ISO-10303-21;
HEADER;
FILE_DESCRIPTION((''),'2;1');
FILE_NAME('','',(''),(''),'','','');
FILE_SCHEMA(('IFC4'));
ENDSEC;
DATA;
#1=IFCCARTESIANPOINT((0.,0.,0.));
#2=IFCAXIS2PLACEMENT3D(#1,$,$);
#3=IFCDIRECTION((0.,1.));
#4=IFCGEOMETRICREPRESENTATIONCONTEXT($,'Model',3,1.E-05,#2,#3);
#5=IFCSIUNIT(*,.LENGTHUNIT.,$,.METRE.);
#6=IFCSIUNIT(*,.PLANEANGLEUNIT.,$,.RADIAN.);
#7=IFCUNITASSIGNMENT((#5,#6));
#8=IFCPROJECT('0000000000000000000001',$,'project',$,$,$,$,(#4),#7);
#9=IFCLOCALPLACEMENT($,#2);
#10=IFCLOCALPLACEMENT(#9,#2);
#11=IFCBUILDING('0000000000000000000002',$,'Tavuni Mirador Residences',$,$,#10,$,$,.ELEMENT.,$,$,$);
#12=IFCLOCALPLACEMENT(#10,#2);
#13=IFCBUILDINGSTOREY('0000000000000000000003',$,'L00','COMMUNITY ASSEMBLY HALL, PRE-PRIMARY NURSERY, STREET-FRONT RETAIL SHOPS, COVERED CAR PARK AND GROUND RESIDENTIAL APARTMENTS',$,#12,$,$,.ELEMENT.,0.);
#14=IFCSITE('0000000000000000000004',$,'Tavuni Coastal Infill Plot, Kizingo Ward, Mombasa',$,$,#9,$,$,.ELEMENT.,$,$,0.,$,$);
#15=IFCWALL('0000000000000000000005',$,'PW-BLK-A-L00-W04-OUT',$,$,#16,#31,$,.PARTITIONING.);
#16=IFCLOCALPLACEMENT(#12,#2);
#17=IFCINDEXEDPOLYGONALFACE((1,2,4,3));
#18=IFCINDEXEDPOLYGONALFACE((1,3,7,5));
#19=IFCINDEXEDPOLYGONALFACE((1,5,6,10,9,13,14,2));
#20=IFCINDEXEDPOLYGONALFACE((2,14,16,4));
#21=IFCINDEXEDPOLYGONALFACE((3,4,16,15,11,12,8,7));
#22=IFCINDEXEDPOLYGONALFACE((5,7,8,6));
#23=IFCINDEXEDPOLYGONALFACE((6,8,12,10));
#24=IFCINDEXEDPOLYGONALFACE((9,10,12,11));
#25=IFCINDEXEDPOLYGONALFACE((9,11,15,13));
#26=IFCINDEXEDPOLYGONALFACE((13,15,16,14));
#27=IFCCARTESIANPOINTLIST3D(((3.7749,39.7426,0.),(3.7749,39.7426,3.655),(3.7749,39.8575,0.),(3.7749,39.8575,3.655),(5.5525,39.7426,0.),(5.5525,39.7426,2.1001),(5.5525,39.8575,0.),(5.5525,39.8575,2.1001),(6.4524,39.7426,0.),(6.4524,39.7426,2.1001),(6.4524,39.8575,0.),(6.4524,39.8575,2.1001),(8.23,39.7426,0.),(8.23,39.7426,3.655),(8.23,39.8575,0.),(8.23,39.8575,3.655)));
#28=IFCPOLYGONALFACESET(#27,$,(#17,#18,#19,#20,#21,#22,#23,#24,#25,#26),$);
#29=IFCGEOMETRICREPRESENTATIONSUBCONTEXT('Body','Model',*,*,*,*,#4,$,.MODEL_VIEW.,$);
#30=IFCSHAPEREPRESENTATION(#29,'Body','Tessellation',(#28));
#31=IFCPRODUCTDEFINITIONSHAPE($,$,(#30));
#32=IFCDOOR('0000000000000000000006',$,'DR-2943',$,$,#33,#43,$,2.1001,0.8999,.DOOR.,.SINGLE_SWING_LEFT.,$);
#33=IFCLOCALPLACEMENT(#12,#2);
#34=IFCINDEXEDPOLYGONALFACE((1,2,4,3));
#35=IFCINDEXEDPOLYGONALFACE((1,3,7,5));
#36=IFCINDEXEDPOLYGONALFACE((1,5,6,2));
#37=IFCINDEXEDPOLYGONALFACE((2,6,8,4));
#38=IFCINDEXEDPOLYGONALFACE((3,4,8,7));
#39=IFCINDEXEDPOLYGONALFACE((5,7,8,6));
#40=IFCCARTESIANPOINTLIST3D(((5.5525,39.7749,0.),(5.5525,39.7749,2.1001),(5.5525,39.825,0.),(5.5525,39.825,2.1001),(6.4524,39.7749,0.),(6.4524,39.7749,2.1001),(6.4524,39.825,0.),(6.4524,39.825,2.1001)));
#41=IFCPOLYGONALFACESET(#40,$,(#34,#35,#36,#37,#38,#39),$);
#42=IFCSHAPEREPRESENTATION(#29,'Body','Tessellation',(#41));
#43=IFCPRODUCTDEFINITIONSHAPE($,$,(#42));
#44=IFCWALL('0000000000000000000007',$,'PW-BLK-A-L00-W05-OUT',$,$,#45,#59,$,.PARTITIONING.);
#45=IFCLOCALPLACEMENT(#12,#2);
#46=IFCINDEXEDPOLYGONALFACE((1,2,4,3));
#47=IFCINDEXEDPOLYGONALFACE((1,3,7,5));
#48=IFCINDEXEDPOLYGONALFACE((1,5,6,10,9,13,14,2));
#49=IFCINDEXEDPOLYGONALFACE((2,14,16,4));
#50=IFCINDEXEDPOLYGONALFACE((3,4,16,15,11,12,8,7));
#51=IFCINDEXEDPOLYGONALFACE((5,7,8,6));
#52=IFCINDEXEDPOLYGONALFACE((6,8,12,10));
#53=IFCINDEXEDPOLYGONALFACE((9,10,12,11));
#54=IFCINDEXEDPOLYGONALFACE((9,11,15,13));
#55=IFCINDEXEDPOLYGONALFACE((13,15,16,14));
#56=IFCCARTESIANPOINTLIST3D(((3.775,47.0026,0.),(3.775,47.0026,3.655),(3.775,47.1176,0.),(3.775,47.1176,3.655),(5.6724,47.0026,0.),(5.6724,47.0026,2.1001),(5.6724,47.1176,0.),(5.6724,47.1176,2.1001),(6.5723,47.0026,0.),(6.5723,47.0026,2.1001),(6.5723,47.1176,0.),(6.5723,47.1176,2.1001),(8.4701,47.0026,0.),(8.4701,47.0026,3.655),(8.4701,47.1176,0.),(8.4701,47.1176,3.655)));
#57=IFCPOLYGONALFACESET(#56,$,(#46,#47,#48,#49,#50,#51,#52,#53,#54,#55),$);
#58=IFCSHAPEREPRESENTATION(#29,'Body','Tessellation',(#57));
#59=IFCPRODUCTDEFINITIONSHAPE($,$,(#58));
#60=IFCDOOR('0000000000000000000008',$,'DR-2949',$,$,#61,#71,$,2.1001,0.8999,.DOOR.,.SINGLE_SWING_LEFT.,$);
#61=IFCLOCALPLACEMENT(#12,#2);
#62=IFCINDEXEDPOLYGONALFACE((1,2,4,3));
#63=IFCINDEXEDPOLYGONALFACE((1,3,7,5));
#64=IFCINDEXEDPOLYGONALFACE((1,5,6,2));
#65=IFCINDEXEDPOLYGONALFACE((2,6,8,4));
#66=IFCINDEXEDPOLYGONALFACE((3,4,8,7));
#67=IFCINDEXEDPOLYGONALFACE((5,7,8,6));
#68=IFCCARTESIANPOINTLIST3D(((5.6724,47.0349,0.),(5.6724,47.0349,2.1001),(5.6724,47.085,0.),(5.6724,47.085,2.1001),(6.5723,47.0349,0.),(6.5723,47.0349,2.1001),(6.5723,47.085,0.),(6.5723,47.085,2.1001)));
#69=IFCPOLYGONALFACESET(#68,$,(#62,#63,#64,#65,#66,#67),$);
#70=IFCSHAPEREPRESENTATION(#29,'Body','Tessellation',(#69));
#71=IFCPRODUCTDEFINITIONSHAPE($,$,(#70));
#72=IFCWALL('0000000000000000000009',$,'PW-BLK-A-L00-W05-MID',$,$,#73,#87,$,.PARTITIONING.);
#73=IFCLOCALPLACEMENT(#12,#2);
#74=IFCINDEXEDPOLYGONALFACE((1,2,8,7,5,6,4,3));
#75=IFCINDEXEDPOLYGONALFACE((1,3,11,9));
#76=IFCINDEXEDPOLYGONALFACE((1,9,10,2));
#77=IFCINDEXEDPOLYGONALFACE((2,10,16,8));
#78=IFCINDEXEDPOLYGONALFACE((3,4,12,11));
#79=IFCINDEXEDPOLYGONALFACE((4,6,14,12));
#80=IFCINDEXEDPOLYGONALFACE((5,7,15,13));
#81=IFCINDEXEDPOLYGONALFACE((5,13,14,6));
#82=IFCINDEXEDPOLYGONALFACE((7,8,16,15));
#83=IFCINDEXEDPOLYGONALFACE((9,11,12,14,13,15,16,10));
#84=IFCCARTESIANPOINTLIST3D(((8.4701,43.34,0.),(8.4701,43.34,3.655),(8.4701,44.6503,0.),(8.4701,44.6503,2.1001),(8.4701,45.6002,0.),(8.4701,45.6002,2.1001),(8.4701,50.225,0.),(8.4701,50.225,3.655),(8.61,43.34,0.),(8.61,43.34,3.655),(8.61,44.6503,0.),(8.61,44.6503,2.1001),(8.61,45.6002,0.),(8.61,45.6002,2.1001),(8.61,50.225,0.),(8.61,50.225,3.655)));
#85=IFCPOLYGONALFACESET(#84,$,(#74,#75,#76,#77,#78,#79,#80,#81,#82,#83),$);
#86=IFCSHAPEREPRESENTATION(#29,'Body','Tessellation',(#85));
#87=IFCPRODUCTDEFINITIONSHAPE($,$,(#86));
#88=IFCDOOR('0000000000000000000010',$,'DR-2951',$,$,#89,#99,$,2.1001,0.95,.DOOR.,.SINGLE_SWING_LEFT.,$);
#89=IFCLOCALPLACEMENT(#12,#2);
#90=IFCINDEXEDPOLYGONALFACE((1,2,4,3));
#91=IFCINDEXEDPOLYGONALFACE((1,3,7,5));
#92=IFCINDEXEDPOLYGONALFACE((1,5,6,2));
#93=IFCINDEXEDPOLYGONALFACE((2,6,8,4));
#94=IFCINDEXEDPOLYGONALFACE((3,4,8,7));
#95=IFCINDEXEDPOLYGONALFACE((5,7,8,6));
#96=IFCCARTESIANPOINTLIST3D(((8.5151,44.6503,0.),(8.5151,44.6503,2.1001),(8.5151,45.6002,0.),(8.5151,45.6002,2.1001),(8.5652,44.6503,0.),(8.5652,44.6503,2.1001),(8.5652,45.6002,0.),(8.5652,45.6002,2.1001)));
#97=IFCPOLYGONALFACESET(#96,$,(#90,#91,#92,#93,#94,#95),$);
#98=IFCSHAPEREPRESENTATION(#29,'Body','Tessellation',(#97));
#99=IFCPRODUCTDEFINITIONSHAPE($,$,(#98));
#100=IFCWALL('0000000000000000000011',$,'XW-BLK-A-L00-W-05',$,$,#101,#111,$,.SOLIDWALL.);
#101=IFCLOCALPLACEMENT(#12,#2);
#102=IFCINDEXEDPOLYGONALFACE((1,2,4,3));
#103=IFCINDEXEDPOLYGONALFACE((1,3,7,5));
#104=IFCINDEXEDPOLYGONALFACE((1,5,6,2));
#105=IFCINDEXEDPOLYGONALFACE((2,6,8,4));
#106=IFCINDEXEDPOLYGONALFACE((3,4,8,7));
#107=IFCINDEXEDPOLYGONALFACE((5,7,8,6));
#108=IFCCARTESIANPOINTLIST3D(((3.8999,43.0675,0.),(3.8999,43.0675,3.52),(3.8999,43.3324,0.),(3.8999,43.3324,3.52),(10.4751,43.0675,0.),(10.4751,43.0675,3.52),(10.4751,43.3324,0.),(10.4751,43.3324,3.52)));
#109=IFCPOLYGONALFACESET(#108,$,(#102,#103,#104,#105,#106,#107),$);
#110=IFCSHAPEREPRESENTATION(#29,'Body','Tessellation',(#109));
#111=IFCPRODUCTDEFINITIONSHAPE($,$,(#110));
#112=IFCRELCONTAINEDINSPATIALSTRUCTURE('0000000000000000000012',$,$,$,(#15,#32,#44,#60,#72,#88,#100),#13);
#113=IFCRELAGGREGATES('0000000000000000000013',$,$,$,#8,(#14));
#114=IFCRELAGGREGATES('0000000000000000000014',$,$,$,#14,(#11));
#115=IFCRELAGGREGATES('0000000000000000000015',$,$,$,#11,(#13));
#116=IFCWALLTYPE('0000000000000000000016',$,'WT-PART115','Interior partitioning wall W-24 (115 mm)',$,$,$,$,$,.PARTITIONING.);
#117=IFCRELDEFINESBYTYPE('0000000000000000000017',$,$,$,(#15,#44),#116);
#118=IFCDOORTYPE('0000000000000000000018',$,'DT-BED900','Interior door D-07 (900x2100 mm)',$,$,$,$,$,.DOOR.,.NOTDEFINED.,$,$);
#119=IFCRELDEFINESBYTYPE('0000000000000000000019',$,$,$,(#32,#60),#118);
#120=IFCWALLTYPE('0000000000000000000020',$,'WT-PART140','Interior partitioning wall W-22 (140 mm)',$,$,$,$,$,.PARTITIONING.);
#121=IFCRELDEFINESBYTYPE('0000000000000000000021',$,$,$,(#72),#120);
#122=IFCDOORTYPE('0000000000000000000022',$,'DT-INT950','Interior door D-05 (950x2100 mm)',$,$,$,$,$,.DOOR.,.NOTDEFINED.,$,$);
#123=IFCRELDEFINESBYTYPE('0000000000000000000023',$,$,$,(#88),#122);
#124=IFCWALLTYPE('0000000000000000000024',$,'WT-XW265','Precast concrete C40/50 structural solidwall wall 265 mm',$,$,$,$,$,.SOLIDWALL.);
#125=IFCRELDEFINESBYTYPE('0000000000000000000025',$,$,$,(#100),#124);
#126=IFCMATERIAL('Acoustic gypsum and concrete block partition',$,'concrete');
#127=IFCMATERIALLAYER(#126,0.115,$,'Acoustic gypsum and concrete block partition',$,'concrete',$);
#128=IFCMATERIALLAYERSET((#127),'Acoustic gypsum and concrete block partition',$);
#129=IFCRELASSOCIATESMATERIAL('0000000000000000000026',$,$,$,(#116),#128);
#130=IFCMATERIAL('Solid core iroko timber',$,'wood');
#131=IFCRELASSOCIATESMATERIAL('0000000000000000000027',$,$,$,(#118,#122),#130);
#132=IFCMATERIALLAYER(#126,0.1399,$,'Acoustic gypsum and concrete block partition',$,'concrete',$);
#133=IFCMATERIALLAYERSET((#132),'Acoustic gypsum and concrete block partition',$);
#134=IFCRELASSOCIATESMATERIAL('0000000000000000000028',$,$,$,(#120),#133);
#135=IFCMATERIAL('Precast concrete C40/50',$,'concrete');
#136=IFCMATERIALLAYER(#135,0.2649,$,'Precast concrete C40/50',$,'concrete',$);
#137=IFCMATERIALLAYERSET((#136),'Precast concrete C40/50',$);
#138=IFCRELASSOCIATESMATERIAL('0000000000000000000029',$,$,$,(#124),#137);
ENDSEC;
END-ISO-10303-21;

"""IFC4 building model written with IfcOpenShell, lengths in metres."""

from ifc_helpers import new_model, si_unit, direction, frame, frame_2d, origin, place, context, subcontext, project, spatial, rectangle, extrude, material, layer, layer_set, type_object, element, fill, save


model = new_model("IFC4")

# Units and contexts
model_context = context("Model", 3, precision=1e-05, world=origin(), true_north=direction((0.0, 1.0)))
body_context = subcontext(model_context, "Body", "Model", "MODEL_VIEW")
ifc_project = project(units=[si_unit("LENGTHUNIT", "METRE"), si_unit("PLANEANGLEUNIT", "RADIAN")], contexts=[model_context])

# Site, building, storey
site_placement = place(None, origin())
site = spatial("IfcSite", under=ifc_project, at=site_placement, Name="Tavuni Coastal Infill Plot, Kizingo Ward, Mombasa", CompositionType="ELEMENT", RefElevation=0.0)
building_placement = place(site_placement, origin())
building = spatial("IfcBuilding", under=site, at=building_placement, Name="Tavuni Mirador Residences", CompositionType="ELEMENT")
storey_placement = place(building_placement, origin())
storey = spatial("IfcBuildingStorey", under=building, at=storey_placement, Name="L00", Description="COMMUNITY ASSEMBLY HALL, PRE-PRIMARY NURSERY, STREET-FRONT RETAIL SHOPS, COVERED CAR PARK AND GROUND RESIDENTIAL APARTMENTS", CompositionType="ELEMENT", Elevation=0.0)

# Shared definitions
ifc_material_1 = material(Name="Precast concrete C40/50", Category="concrete")

# Shared definitions
ifc_material_2 = material(Name="Solid core iroko timber", Category="wood")

# Walls, openings, doors
ifc_material_3 = material(Name="Acoustic gypsum and concrete block partition", Category="concrete")
ifc_layer_1 = layer(ifc_material_3, 0.115, Name="Acoustic gypsum and concrete block partition", Category="concrete")
ifc_layer_set_1 = layer_set([ifc_layer_1], Name="Acoustic gypsum and concrete block partition")
wall_type_1 = type_object("IfcWallType", Name="WT-PART115", Description="Interior partitioning wall W-24 (115 mm)", PredefinedType="PARTITIONING", material=ifc_layer_set_1)
wall_1_placement = place(storey_placement, frame((3.7749, 39.8, 0.0), z_axis=(0.0, 0.0, 1.0), x_axis=(1.0, 0.0, 0.0)))
wall_1 = element("IfcWall", 1, at=wall_1_placement, inside=storey, type_object=wall_type_1, Name="PW-BLK-A-L00-W04-OUT", PredefinedType="PARTITIONING", context=body_context, shape_type="SweptSolid", body=[
    extrude(rectangle(XDim=4.4551, YDim=0.115, at=frame_2d((2.2275, 0.0))), origin(), (0.0, 0.0, 1.0), 3.655),
])
opening_1_placement = place(wall_1_placement, frame((1.7776, 0.0, 0.0)))
opening_1 = element("IfcOpeningElement", 2, at=opening_1_placement, cuts=wall_1, PredefinedType="OPENING", context=body_context, shape_type="SweptSolid", body=[
    extrude(rectangle(XDim=0.8999, YDim=2.1001, at=frame_2d((0.45, 1.05))), frame((0.0, 0.0674, 0.0), z_axis=(0.0, -1.0, 0.0), x_axis=(1.0, 0.0, 0.0)), (0.0, 0.0, 1.0), 0.135),
])
door_type_1 = type_object("IfcDoorType", Name="DT-BED900", Description="Interior door D-07 (900x2100 mm)", OperationType="NOTDEFINED", PredefinedType="DOOR", material=ifc_material_2)
door_1_placement = place(opening_1_placement, origin())
door_1 = element("IfcDoor", 3, at=door_1_placement, inside=storey, type_object=door_type_1, Name="DR-2943", OperationType="SINGLE_SWING_LEFT", OverallHeight=2.1001, OverallWidth=0.8999, PredefinedType="DOOR", context=body_context, shape_type="SweptSolid", body=[
    extrude(rectangle(XDim=0.8999, YDim=2.1001, at=frame_2d((0.45, 1.05))), frame((0.0, 0.0249, 0.0), z_axis=(0.0, -1.0, 0.0), x_axis=(1.0, 0.0, 0.0)), (0.0, 0.0, 1.0), 0.05),
])
fill(opening_1, door_1)
wall_2_placement = place(storey_placement, frame((3.7749, 47.0601, 0.0), z_axis=(0.0, 0.0, 1.0), x_axis=(1.0, 0.0, 0.0)))
wall_2 = element("IfcWall", 4, at=wall_2_placement, inside=storey, type_object=wall_type_1, Name="PW-BLK-A-L00-W05-OUT", PredefinedType="PARTITIONING", context=body_context, shape_type="SweptSolid", body=[
    extrude(rectangle(XDim=4.6951, YDim=0.115, at=frame_2d((2.3477, 0.0))), origin(), (0.0, 0.0, 1.0), 3.655),
])
opening_2_placement = place(wall_2_placement, frame((1.8975, 0.0, 0.0)))
opening_2 = element("IfcOpeningElement", 5, at=opening_2_placement, cuts=wall_2, PredefinedType="OPENING", context=body_context, shape_type="SweptSolid", body=[
    extrude(rectangle(XDim=0.8999, YDim=2.1001, at=frame_2d((0.45, 1.05))), frame((0.0, 0.0674, 0.0), z_axis=(0.0, -1.0, 0.0), x_axis=(1.0, 0.0, 0.0)), (0.0, 0.0, 1.0), 0.135),
])
door_2_placement = place(opening_2_placement, origin())
door_2 = element("IfcDoor", 6, at=door_2_placement, inside=storey, type_object=door_type_1, Name="DR-2949", OperationType="SINGLE_SWING_LEFT", OverallHeight=2.1001, OverallWidth=0.8999, PredefinedType="DOOR", context=body_context, shape_type="SweptSolid", body=[
    extrude(rectangle(XDim=0.8999, YDim=2.1001, at=frame_2d((0.45, 1.05))), frame((0.0, 0.0249, 0.0), z_axis=(0.0, -1.0, 0.0), x_axis=(1.0, 0.0, 0.0)), (0.0, 0.0, 1.0), 0.05),
])
fill(opening_2, door_2)
ifc_layer_2 = layer(ifc_material_3, 0.1399, Name="Acoustic gypsum and concrete block partition", Category="concrete")
ifc_layer_set_2 = layer_set([ifc_layer_2], Name="Acoustic gypsum and concrete block partition")
wall_type_2 = type_object("IfcWallType", Name="WT-PART140", Description="Interior partitioning wall W-22 (140 mm)", PredefinedType="PARTITIONING", material=ifc_layer_set_2)
wall_3_placement = place(storey_placement, frame((8.54, 43.3401, 0.0), z_axis=(0.0, 0.0, 1.0), x_axis=(0.0, 1.0, 0.0)))
wall_3 = element("IfcWall", 7, at=wall_3_placement, inside=storey, type_object=wall_type_2, Name="PW-BLK-A-L00-W05-MID", PredefinedType="PARTITIONING", context=body_context, shape_type="SweptSolid", body=[
    extrude(rectangle(XDim=6.885, YDim=0.1399, at=frame_2d((3.4424, 0.0))), origin(), (0.0, 0.0, 1.0), 3.655),
])
opening_3_placement = place(wall_3_placement, frame((1.3101, 0.0, 0.0)))
opening_3 = element("IfcOpeningElement", 8, at=opening_3_placement, cuts=wall_3, PredefinedType="OPENING", context=body_context, shape_type="SweptSolid", body=[
    extrude(rectangle(XDim=0.95, YDim=2.1001, at=frame_2d((0.4751, 1.05))), frame((0.0, 0.0801, 0.0), z_axis=(0.0, -1.0, 0.0), x_axis=(1.0, 0.0, 0.0)), (0.0, 0.0, 1.0), 0.1599),
])
door_type_2 = type_object("IfcDoorType", Name="DT-INT950", Description="Interior door D-05 (950x2100 mm)", OperationType="NOTDEFINED", PredefinedType="DOOR", material=ifc_material_2)
door_3_placement = place(opening_3_placement, origin())
door_3 = element("IfcDoor", 9, at=door_3_placement, inside=storey, type_object=door_type_2, Name="DR-2951", OperationType="SINGLE_SWING_LEFT", OverallHeight=2.1001, OverallWidth=0.95, PredefinedType="DOOR", context=body_context, shape_type="SweptSolid", body=[
    extrude(rectangle(XDim=0.95, YDim=2.1001, at=frame_2d((0.4751, 1.05))), frame((0.0, 0.0249, 0.0), z_axis=(0.0, -1.0, 0.0), x_axis=(1.0, 0.0, 0.0)), (0.0, 0.0, 1.0), 0.05),
])
fill(opening_3, door_3)

# Wall
ifc_layer_3 = layer(ifc_material_1, 0.2649, Name="Precast concrete C40/50", Category="concrete")
ifc_layer_set_3 = layer_set([ifc_layer_3], Name="Precast concrete C40/50")
wall_type_3 = type_object("IfcWallType", Name="WT-XW265", Description="Precast concrete C40/50 structural solidwall wall 265 mm", PredefinedType="SOLIDWALL", material=ifc_layer_set_3)
wall_4_placement = place(storey_placement, frame((3.8999, 43.2, 0.0), z_axis=(0.0, 0.0, 1.0), x_axis=(1.0, 0.0, 0.0)))
element("IfcWall", 10, at=wall_4_placement, inside=storey, type_object=wall_type_3, Name="XW-BLK-A-L00-W-05", PredefinedType="SOLIDWALL", context=body_context, shape_type="SweptSolid", body=[
    extrude(rectangle(XDim=6.5752, YDim=0.2649, at=frame_2d((3.2876, 0.0))), origin(), (0.0, 0.0, 1.0), 3.52),
])

save(model, "model.ifc")
